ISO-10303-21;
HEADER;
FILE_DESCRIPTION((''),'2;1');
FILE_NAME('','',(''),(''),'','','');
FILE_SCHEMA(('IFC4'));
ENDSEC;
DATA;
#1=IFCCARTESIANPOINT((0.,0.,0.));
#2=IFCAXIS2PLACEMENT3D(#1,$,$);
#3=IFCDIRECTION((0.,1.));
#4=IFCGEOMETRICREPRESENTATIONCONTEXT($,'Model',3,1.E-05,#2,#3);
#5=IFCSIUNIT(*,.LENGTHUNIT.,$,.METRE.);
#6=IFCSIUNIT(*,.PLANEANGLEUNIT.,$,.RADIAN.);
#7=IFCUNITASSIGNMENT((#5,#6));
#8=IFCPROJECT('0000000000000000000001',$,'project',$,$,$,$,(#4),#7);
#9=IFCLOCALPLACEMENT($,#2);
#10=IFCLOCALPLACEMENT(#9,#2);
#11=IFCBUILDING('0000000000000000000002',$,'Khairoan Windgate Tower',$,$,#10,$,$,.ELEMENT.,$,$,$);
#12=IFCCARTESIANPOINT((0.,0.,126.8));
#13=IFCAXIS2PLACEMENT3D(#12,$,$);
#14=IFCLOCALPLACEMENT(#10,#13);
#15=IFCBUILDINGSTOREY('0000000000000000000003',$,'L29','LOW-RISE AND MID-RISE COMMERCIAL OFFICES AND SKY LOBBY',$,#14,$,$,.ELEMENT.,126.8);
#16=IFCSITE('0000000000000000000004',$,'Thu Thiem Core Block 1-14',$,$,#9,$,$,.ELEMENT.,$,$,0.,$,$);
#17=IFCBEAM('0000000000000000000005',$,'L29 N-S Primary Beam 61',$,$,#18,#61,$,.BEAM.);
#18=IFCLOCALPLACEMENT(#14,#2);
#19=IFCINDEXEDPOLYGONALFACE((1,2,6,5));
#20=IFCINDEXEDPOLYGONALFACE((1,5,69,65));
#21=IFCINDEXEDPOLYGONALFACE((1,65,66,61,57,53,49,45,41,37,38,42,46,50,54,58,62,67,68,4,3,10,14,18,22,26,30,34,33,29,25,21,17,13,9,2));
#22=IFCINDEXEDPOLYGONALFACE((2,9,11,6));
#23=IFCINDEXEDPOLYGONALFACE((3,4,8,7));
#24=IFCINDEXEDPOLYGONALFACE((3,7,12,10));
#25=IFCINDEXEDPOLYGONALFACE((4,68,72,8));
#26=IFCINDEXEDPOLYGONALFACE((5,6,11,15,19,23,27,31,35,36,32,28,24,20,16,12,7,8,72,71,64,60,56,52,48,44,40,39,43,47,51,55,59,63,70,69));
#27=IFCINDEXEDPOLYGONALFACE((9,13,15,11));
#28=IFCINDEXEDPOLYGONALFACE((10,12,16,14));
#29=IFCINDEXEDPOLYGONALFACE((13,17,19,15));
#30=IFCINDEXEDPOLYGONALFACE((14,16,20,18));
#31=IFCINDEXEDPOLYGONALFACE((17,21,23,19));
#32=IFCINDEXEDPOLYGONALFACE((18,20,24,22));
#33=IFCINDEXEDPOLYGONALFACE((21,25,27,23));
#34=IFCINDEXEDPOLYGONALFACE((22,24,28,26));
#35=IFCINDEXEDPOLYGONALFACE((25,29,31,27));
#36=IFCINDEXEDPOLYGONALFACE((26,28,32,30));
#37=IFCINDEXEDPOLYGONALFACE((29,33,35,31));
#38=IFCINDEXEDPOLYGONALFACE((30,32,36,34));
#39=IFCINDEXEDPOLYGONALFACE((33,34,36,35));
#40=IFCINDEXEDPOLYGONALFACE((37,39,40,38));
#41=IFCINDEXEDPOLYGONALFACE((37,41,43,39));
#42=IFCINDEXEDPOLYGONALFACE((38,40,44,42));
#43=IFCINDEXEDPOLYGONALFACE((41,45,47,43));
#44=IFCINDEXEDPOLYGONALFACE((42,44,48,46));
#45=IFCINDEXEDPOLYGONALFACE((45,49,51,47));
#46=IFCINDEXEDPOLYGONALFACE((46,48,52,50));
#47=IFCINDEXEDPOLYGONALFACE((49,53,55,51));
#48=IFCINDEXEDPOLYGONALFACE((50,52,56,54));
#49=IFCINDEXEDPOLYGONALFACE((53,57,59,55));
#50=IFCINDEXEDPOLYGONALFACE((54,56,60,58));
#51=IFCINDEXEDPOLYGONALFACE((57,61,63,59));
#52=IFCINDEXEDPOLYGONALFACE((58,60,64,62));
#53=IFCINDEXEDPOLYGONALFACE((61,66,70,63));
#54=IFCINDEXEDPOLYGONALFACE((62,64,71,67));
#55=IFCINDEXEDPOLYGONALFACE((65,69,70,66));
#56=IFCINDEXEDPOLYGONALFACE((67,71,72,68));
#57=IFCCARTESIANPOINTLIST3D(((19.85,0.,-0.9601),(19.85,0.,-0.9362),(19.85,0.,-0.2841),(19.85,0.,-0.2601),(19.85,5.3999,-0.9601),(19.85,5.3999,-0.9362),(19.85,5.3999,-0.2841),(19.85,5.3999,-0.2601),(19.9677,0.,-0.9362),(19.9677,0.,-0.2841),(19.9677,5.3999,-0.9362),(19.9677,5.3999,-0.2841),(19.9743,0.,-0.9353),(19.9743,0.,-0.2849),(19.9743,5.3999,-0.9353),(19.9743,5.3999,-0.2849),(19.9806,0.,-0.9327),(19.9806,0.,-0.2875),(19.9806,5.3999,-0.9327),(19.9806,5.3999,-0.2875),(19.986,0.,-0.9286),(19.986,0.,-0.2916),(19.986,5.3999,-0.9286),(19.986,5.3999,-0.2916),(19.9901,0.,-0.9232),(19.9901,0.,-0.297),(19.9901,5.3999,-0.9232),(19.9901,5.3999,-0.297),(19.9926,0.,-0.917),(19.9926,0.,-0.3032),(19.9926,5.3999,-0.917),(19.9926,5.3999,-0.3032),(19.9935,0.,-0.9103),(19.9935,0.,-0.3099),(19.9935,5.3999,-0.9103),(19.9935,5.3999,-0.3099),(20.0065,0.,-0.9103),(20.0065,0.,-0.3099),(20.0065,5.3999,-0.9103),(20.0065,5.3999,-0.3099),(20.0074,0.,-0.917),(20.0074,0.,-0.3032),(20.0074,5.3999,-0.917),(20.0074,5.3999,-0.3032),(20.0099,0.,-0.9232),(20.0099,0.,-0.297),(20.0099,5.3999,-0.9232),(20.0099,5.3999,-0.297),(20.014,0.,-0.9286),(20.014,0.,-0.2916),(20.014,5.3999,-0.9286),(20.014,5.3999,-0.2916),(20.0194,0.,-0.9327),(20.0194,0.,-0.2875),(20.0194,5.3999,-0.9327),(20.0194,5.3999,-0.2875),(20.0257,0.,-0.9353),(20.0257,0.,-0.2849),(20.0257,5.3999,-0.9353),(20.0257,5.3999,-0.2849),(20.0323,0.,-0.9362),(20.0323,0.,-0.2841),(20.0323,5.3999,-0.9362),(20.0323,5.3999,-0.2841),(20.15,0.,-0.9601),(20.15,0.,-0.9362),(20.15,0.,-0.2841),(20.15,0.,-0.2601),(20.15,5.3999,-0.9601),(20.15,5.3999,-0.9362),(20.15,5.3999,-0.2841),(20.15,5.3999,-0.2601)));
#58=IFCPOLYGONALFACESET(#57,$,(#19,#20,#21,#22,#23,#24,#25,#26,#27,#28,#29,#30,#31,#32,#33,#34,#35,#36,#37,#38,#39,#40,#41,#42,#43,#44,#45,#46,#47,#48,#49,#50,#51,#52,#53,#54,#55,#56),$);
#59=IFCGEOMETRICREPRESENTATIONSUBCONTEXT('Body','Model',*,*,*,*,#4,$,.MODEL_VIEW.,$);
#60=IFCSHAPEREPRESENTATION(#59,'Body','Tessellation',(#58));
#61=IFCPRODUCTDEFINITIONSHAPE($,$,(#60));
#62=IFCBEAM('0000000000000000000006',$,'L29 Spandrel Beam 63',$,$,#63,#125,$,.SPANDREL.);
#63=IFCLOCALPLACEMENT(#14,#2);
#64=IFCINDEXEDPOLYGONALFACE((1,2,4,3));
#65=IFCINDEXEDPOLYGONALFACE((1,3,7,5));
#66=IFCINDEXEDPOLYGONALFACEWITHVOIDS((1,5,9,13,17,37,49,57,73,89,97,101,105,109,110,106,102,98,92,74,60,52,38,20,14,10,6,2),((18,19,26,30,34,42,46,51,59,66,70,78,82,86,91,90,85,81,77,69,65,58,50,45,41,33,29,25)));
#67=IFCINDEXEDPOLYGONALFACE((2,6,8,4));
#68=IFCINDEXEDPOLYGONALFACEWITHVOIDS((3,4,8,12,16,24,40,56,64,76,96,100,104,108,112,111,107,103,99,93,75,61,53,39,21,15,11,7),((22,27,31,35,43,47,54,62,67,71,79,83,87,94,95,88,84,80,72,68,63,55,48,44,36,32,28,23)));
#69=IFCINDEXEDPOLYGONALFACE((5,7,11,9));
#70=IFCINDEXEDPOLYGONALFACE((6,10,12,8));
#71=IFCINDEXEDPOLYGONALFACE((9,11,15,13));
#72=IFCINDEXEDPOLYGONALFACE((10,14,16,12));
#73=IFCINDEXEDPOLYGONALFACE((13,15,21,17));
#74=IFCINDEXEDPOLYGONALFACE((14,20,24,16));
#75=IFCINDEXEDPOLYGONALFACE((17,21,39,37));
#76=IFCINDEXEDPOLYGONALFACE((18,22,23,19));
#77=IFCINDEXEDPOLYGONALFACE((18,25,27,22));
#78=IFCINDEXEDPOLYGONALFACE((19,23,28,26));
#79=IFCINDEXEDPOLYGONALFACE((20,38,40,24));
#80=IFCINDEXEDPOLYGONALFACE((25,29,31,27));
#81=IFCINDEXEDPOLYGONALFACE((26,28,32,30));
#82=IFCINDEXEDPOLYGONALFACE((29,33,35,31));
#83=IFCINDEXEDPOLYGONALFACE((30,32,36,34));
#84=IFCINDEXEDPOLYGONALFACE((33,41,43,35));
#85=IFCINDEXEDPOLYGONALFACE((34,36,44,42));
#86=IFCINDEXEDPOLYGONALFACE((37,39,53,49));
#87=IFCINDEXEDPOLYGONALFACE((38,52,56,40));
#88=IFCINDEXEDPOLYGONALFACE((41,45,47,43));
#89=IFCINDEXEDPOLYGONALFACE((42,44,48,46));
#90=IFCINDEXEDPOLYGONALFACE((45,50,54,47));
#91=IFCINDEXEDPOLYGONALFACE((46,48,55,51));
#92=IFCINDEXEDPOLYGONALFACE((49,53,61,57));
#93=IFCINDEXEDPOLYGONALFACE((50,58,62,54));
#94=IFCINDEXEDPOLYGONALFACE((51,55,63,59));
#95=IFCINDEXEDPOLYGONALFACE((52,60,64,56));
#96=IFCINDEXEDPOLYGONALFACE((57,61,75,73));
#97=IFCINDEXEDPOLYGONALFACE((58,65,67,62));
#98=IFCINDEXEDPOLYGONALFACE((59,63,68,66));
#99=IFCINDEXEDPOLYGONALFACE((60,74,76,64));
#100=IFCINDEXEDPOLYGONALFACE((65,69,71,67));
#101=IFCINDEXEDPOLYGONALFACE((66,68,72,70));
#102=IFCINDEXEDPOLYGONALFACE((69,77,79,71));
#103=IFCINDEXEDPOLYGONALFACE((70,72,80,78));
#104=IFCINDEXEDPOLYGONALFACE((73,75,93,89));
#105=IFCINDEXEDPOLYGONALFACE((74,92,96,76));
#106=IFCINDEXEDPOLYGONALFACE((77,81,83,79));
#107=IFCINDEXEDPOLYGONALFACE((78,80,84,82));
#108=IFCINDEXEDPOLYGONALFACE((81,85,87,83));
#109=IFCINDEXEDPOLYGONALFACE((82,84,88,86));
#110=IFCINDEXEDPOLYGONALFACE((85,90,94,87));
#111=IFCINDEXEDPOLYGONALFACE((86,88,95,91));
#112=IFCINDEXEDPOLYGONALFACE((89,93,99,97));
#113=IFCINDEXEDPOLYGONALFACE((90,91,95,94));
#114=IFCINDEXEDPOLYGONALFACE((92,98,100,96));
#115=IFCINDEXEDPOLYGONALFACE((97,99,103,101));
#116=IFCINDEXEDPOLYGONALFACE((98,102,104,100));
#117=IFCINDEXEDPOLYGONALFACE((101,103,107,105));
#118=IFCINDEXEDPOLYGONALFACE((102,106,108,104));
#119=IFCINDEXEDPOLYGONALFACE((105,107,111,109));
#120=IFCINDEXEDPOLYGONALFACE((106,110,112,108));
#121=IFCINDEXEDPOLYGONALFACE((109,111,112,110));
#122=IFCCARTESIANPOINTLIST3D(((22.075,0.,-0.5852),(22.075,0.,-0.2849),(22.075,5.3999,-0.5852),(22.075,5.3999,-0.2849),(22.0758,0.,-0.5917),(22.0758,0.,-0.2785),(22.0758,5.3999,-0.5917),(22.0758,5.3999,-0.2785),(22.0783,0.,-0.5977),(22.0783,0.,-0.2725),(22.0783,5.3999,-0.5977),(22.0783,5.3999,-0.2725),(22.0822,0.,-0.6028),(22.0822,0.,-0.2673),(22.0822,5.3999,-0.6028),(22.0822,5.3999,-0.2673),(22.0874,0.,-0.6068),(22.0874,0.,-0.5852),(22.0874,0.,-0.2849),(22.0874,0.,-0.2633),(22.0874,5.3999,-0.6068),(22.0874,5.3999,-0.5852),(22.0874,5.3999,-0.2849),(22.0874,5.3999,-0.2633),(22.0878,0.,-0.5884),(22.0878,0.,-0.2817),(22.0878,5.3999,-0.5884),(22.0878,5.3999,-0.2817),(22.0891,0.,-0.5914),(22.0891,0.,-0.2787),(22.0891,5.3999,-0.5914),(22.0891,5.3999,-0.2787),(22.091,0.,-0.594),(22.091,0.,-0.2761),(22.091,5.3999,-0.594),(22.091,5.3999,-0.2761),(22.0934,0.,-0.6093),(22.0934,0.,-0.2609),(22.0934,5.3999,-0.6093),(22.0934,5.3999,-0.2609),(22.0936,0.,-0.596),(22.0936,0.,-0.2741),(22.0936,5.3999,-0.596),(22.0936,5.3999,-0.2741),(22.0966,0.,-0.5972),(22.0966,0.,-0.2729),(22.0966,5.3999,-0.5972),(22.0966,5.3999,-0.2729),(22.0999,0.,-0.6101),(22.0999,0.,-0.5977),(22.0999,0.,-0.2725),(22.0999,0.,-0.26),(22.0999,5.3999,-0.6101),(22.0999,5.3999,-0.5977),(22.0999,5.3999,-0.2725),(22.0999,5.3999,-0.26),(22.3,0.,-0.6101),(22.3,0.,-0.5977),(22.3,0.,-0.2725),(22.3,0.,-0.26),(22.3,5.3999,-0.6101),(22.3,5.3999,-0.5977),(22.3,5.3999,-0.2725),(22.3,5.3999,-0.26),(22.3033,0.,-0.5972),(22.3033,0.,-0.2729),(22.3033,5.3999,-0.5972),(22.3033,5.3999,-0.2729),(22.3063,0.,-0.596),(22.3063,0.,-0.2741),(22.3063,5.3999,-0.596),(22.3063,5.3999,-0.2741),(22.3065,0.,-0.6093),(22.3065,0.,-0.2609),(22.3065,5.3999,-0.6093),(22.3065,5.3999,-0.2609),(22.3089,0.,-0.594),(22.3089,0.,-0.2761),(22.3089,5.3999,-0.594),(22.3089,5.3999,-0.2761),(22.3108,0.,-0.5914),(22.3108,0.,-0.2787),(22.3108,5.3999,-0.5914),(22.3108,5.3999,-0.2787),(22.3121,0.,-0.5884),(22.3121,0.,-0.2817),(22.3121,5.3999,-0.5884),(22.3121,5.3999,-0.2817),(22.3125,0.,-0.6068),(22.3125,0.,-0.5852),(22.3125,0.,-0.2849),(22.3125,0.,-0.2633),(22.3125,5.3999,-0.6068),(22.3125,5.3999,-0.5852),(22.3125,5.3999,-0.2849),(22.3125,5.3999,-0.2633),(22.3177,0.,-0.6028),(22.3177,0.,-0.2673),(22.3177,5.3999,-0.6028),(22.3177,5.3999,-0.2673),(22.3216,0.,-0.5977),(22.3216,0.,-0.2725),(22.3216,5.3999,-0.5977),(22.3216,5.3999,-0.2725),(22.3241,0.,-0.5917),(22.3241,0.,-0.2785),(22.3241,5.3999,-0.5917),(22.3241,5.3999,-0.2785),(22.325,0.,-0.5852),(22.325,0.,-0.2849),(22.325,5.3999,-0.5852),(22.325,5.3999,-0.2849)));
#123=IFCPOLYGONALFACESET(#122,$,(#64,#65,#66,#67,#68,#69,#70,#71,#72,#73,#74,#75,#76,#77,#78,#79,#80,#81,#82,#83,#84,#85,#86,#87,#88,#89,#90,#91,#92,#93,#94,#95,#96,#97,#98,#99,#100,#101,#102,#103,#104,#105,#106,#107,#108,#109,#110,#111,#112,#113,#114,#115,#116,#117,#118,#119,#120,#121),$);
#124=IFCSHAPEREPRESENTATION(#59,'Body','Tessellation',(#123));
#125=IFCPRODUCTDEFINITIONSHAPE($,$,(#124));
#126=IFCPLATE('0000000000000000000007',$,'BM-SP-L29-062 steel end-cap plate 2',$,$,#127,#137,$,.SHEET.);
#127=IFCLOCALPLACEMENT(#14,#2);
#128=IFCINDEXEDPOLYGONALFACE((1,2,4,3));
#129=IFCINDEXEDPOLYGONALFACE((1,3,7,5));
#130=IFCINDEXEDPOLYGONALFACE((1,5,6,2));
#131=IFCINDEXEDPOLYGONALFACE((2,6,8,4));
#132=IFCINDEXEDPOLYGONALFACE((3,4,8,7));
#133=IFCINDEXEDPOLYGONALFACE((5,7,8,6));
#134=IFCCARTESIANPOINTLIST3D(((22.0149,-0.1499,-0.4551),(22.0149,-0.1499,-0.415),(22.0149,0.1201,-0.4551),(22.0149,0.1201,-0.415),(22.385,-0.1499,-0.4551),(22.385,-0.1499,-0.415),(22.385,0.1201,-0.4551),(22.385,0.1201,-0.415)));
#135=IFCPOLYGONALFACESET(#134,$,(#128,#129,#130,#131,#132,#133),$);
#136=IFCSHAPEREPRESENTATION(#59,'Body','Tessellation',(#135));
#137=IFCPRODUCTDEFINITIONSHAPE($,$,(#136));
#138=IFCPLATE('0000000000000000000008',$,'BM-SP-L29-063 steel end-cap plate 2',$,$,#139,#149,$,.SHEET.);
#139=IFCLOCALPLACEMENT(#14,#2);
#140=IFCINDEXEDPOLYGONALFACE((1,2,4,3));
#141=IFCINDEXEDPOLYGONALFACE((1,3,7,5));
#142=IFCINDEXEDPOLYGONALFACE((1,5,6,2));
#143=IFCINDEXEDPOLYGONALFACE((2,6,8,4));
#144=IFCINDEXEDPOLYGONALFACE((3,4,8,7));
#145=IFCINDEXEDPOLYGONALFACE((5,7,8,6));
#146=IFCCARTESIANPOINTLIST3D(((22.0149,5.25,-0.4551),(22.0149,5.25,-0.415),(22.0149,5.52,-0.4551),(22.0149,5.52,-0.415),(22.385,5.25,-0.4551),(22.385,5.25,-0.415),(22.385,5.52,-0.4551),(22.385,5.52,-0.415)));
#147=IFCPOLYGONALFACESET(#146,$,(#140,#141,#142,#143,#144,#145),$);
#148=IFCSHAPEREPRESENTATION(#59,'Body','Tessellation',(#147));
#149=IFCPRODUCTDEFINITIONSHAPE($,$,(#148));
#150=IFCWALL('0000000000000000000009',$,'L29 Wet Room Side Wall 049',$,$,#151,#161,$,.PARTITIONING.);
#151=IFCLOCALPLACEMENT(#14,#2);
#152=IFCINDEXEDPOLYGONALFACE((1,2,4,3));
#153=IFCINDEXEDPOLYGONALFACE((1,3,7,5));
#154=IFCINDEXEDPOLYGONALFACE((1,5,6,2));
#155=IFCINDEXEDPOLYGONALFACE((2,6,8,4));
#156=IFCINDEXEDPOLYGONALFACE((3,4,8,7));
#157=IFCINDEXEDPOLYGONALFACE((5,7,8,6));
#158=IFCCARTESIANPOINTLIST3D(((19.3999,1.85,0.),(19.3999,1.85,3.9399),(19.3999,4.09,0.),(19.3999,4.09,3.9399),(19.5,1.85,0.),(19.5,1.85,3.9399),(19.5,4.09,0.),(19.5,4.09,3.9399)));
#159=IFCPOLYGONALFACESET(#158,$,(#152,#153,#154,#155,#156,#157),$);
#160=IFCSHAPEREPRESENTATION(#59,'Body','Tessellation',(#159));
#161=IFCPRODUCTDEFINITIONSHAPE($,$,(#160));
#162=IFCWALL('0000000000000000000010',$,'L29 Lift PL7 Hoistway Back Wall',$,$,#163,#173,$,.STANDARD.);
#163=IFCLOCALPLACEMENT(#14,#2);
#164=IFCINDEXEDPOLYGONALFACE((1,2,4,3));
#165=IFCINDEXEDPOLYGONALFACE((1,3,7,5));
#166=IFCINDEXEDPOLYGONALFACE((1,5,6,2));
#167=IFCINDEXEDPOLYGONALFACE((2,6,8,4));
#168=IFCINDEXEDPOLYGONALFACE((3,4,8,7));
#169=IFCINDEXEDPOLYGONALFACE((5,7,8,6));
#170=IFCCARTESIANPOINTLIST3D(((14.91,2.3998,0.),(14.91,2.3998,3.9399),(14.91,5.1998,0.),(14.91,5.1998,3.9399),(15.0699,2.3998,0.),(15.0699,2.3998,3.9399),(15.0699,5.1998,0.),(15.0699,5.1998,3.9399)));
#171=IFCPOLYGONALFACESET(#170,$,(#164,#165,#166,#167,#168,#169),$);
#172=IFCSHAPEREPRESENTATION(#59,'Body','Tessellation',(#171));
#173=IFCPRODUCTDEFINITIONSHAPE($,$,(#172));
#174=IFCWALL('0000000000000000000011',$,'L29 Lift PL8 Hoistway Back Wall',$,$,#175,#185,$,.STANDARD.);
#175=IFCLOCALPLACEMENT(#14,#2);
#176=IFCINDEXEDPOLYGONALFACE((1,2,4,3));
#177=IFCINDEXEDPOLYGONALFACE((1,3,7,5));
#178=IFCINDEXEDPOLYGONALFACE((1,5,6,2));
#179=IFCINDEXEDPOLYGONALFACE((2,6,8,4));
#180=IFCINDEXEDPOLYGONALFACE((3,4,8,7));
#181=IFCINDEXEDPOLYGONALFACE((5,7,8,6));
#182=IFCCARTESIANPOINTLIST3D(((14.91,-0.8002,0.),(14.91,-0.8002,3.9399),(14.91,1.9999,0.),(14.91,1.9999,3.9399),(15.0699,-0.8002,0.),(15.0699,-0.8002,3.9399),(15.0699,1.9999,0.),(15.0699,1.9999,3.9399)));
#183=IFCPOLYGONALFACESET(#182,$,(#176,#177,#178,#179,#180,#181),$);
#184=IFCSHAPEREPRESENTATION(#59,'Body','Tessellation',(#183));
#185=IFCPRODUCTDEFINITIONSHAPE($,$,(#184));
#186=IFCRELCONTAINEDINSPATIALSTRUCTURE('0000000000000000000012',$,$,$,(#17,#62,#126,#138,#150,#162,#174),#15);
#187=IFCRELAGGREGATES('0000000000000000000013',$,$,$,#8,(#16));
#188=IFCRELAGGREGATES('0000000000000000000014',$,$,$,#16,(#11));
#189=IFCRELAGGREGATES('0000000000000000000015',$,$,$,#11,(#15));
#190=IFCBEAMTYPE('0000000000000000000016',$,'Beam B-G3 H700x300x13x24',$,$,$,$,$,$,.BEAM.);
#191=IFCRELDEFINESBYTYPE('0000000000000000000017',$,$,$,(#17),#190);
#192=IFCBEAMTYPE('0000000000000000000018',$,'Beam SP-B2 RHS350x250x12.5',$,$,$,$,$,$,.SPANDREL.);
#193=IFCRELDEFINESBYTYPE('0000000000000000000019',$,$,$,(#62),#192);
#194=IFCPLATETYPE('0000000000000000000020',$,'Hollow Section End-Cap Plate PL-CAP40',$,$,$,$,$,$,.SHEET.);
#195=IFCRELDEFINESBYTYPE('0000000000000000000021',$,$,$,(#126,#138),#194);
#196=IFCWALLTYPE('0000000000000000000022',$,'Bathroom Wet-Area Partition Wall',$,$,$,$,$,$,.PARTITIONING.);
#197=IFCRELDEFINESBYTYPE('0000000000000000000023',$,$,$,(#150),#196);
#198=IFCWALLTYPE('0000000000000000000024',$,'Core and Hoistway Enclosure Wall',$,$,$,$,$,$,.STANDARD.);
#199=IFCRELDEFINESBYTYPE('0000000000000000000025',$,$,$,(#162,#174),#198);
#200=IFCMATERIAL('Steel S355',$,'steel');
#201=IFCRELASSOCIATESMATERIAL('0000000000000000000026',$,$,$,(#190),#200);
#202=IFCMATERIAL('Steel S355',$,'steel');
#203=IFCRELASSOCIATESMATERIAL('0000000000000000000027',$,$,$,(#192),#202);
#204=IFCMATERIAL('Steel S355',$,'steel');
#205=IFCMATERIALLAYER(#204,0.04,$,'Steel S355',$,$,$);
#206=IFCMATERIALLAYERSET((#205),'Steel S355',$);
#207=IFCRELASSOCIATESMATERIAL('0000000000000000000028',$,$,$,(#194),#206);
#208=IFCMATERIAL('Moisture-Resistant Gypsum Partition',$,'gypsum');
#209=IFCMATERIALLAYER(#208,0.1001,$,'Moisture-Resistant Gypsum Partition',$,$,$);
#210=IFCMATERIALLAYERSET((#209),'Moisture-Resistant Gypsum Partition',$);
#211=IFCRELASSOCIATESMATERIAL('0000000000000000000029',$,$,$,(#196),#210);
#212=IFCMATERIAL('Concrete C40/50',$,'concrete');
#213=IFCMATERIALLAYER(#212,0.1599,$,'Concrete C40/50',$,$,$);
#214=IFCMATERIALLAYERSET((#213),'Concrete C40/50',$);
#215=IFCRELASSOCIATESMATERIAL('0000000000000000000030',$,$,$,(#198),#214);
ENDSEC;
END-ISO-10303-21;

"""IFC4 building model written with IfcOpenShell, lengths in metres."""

from ifc_helpers import new_model, si_unit, direction, frame, frame_2d, origin, origin_2d, place, context, subcontext, project, spatial, rectangle, hollow_rectangle, i_section, extrude, material, layer, layer_set, material_profile, profile_set, type_object, element, save


model = new_model("IFC4")

# Units and contexts
model_context = context("Model", 3, precision=1e-05, world=origin(), true_north=direction((0.0, 1.0)))
body_context = subcontext(model_context, "Body", "Model", "MODEL_VIEW")
ifc_project = project(units=[si_unit("LENGTHUNIT", "METRE"), si_unit("PLANEANGLEUNIT", "RADIAN")], contexts=[model_context])

# Site, building, storey
site_placement = place(None, origin())
site = spatial("IfcSite", under=ifc_project, at=site_placement, Name="Thu Thiem Core Block 1-14", CompositionType="ELEMENT", RefElevation=0.0)
building_placement = place(site_placement, origin())
building = spatial("IfcBuilding", under=site, at=building_placement, Name="Khairoan Windgate Tower", CompositionType="ELEMENT")
storey_placement = place(building_placement, frame((0.0, 0.0, 126.8)))
storey = spatial("IfcBuildingStorey", under=building, at=storey_placement, Name="L29", Description="LOW-RISE AND MID-RISE COMMERCIAL OFFICES AND SKY LOBBY", CompositionType="ELEMENT", Elevation=126.8)

# Beams
ifc_material_1 = material(Name="Steel S355", Category="steel")
ifc_material_profile_1 = material_profile(ifc_material_1, i_section(OverallWidth=0.3, OverallDepth=0.7, WebThickness=0.0129, FlangeThickness=0.0239, FilletRadius=0.0259, at=origin_2d()))
ifc_profile_set_1 = profile_set([ifc_material_profile_1], Name="Steel S355")
beam_type_1 = type_object("IfcBeamType", Name="Beam B-G3 H700x300x13x24", PredefinedType="BEAM", material=ifc_profile_set_1)
beam_1_placement = place(storey_placement, frame((20.0, 0.0, -0.6101), z_axis=(0.0, 1.0, 0.0), x_axis=(-1.0, 0.0, 0.0)))
element("IfcBeam", 1, at=beam_1_placement, inside=storey, type_object=beam_type_1, Name="L29 N-S Primary Beam 61", PredefinedType="BEAM", context=body_context, shape_type="SweptSolid", body=[
    extrude(i_section(OverallWidth=0.3, OverallDepth=0.7, WebThickness=0.0129, FlangeThickness=0.0239, FilletRadius=0.0259, at=origin_2d()), origin(), (0.0, 0.0, 1.0), 5.3999),
])
ifc_material_2 = material(Name="Steel S355", Category="steel")
ifc_material_profile_2 = material_profile(ifc_material_2, hollow_rectangle(XDim=0.25, YDim=0.3501, WallThickness=0.0125, InnerFilletRadius=0.0125, OuterFilletRadius=0.0249, at=origin_2d()))
ifc_profile_set_2 = profile_set([ifc_material_profile_2], Name="Steel S355")
beam_type_2 = type_object("IfcBeamType", Name="Beam SP-B2 RHS350x250x12.5", PredefinedType="SPANDREL", material=ifc_profile_set_2)
beam_2_placement = place(storey_placement, frame((22.2, 0.0, -0.4351), z_axis=(0.0, 1.0, 0.0), x_axis=(-1.0, 0.0, 0.0)))
element("IfcBeam", 2, at=beam_2_placement, inside=storey, type_object=beam_type_2, Name="L29 Spandrel Beam 63", PredefinedType="SPANDREL", context=body_context, shape_type="SweptSolid", body=[
    extrude(hollow_rectangle(XDim=0.25, YDim=0.3501, WallThickness=0.0125, InnerFilletRadius=0.0125, OuterFilletRadius=0.0249, at=origin_2d()), origin(), (0.0, 0.0, 1.0), 5.3999),
])

# Plates
ifc_material_3 = material(Name="Steel S355", Category="steel")
ifc_layer_1 = layer(ifc_material_3, 0.04, Name="Steel S355")
ifc_layer_set_1 = layer_set([ifc_layer_1], Name="Steel S355")
plate_type = type_object("IfcPlateType", Name="Hollow Section End-Cap Plate PL-CAP40", PredefinedType="SHEET", material=ifc_layer_set_1)
for number, where, z_axis, x_axis, name in (
    (3, (22.2, -0.0149, -0.4551), (0.0, 0.0, 1.0), (0.0, 1.0, 0.0), "BM-SP-L29-062 steel end-cap plate 2"),
    (4, (22.2, 5.385, -0.4551), (0.0, 0.0, 1.0), (0.0, 1.0, 0.0), "BM-SP-L29-063 steel end-cap plate 2"),
):
    element("IfcPlate", number, at=place(storey_placement, frame(where, z_axis=z_axis, x_axis=x_axis)), inside=storey, type_object=plate_type, Name=name, PredefinedType="SHEET", context=body_context, shape_type="SweptSolid", body=[
        extrude(rectangle(XDim=0.27, YDim=0.3701, at=origin_2d()), origin(), (0.0, 0.0, 1.0), 0.04),
    ])

# Walls
ifc_material_4 = material(Name="Moisture-Resistant Gypsum Partition", Category="gypsum")
ifc_layer_2 = layer(ifc_material_4, 0.1001, Name="Moisture-Resistant Gypsum Partition")
ifc_layer_set_2 = layer_set([ifc_layer_2], Name="Moisture-Resistant Gypsum Partition")
wall_type_1 = type_object("IfcWallType", Name="Bathroom Wet-Area Partition Wall", PredefinedType="PARTITIONING", material=ifc_layer_set_2)
wall_1_placement = place(storey_placement, frame((19.45, 4.0901, 0.0), z_axis=(0.0, 0.0, 1.0), x_axis=(0.0, -1.0, 0.0)))
element("IfcWall", 5, at=wall_1_placement, inside=storey, type_object=wall_type_1, Name="L29 Wet Room Side Wall 049", PredefinedType="PARTITIONING", context=body_context, shape_type="SweptSolid", body=[
    extrude(rectangle(XDim=2.24, YDim=0.1001, at=frame_2d((1.1201, 0.0))), origin(), (0.0, 0.0, 1.0), 3.9399),
])
ifc_material_5 = material(Name="Concrete C40/50", Category="concrete")
ifc_layer_3 = layer(ifc_material_5, 0.1599, Name="Concrete C40/50")
ifc_layer_set_3 = layer_set([ifc_layer_3], Name="Concrete C40/50")
wall_type_2 = type_object("IfcWallType", Name="Core and Hoistway Enclosure Wall", PredefinedType="STANDARD", material=ifc_layer_set_3)
for number, where, z_axis, x_axis, name in (
    (6, (14.99, 2.3999, 0.0), (0.0, 0.0, 1.0), (0.0, 1.0, 0.0), "L29 Lift PL7 Hoistway Back Wall"),
    (7, (14.99, -0.8, 0.0), (0.0, 0.0, 1.0), (0.0, 1.0, 0.0), "L29 Lift PL8 Hoistway Back Wall"),
):
    element("IfcWall", number, at=place(storey_placement, frame(where, z_axis=z_axis, x_axis=x_axis)), inside=storey, type_object=wall_type_2, Name=name, PredefinedType="STANDARD", context=body_context, shape_type="SweptSolid", body=[
        extrude(rectangle(XDim=2.8, YDim=0.1599, at=frame_2d((1.3999, 0.0))), origin(), (0.0, 0.0, 1.0), 3.9399),
    ])

save(model, "model.ifc")
